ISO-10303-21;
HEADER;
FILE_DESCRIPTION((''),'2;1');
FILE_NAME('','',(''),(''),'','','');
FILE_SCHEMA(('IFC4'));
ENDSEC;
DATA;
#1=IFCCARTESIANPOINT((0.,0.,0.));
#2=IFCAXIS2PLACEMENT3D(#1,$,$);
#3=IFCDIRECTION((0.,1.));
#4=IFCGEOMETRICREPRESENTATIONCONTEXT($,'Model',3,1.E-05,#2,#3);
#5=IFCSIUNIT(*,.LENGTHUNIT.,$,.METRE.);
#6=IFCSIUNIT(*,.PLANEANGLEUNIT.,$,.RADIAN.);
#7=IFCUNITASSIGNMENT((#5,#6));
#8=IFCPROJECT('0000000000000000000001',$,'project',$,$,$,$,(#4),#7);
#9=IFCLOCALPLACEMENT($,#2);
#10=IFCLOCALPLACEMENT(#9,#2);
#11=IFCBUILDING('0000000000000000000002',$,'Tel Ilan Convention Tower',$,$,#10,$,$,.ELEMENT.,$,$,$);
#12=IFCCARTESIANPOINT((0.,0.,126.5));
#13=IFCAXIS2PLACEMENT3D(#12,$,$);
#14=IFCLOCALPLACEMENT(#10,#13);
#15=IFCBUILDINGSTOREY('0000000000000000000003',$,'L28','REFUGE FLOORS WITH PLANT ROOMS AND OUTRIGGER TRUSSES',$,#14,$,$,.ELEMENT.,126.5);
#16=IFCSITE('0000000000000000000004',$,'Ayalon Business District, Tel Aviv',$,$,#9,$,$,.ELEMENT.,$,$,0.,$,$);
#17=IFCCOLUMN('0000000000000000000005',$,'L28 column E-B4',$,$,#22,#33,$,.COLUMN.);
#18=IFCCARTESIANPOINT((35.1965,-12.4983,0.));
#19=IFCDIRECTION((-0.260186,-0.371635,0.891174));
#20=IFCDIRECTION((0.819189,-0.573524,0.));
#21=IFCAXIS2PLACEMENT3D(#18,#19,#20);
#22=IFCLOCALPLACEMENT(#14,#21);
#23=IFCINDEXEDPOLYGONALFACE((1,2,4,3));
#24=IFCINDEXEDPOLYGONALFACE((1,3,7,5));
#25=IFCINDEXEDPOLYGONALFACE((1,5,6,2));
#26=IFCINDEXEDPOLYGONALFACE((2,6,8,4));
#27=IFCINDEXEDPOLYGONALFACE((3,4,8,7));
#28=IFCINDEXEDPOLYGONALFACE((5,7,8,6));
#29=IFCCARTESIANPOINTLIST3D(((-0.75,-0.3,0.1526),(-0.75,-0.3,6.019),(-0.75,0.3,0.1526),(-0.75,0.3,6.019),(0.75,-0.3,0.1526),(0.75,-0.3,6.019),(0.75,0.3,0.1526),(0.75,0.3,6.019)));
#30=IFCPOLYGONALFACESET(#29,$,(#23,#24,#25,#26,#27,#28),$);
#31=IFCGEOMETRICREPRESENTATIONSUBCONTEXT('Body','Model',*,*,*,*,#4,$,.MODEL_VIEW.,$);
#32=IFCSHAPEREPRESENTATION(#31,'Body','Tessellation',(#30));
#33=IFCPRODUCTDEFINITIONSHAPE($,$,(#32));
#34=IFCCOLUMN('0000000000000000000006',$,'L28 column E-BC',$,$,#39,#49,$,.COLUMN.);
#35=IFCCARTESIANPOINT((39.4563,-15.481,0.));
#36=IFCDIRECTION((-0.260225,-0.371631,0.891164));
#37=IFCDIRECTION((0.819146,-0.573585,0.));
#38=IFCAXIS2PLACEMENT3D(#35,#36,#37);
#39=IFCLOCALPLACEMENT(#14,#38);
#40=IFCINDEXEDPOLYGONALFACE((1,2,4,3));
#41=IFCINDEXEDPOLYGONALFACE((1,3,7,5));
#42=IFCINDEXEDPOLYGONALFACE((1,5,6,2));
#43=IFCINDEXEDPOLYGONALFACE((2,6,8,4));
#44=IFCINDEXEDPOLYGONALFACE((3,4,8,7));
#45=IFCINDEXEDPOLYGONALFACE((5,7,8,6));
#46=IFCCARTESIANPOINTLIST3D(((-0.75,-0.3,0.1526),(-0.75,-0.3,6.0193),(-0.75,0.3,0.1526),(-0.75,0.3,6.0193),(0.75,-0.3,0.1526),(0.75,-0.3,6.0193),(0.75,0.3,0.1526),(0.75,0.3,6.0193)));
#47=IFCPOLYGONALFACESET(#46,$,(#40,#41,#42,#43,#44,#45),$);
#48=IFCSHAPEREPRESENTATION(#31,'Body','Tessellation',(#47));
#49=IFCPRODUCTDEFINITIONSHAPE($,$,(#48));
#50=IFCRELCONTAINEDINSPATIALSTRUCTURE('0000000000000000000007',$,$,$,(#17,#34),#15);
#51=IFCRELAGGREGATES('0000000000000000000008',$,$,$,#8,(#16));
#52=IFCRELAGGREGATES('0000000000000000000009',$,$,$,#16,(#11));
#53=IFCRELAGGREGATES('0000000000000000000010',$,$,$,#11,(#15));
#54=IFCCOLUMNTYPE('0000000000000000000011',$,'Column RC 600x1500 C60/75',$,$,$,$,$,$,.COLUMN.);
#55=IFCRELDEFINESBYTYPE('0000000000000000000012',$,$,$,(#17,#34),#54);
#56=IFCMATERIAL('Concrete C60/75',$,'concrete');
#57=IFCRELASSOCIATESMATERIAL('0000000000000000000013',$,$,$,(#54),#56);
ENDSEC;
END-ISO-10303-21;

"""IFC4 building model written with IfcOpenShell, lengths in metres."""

from ifc_helpers import new_model, si_unit, direction, frame, origin, origin_2d, place, context, subcontext, project, spatial, rectangle, extrude, clip, halfspace, material, material_profile, profile_set, type_object, element, save


model = new_model("IFC4")

# Units and contexts
model_context = context("Model", 3, precision=1e-05, world=origin(), true_north=direction((0.0, 1.0)))
body_context = subcontext(model_context, "Body", "Model", "MODEL_VIEW")
ifc_project = project(units=[si_unit("LENGTHUNIT", "METRE"), si_unit("PLANEANGLEUNIT", "RADIAN")], contexts=[model_context])

# Site, building, storey
site_placement = place(None, origin())
site = spatial("IfcSite", under=ifc_project, at=site_placement, Name="Ayalon Business District, Tel Aviv", CompositionType="ELEMENT", RefElevation=0.0)
building_placement = place(site_placement, origin())
building = spatial("IfcBuilding", under=site, at=building_placement, Name="Tel Ilan Convention Tower", CompositionType="ELEMENT")
storey_placement = place(building_placement, frame((0.0, 0.0, 126.5)))
storey = spatial("IfcBuildingStorey", under=building, at=storey_placement, Name="L28", Description="REFUGE FLOORS WITH PLANT ROOMS AND OUTRIGGER TRUSSES", CompositionType="ELEMENT", Elevation=126.5)

# Columns
ifc_material_1 = material(Name="Concrete C60/75", Category="concrete")
ifc_material_profile_1 = material_profile(ifc_material_1, rectangle(XDim=1.5, YDim=0.6001, at=origin_2d()), Name="RC 600x1500")
ifc_profile_set_1 = profile_set([ifc_material_profile_1], Name="Concrete C60/75")
column_type = type_object("IfcColumnType", Name="Column RC 600x1500 C60/75", PredefinedType="COLUMN", material=ifc_profile_set_1)
column_1_placement = place(storey_placement, frame((35.1965, -12.4983, 0.0), z_axis=(-0.260186, -0.371635, 0.891174), x_axis=(0.819189, -0.573524, 0.0)))
element("IfcColumn", 1, at=column_1_placement, inside=storey, type_object=column_type, Name="L28 column E-B4", PredefinedType="COLUMN", context=body_context, shape_type="Clipping", body=[
    clip(clip(extrude(rectangle(XDim=1.5, YDim=0.6001, at=origin_2d()), origin(), (0.0, 0.0, 1.0), 6.1719), halfspace(frame((0.0, 0.0, 0.1526), z_axis=(0.0, 0.0, 1.0), x_axis=(1.0, 0.0, 0.0)), True)), halfspace(frame((0.0, 0.0, 6.019), z_axis=(0.0, 0.0, 1.0), x_axis=(1.0, 0.0, 0.0)), False)),
])
column_2_placement = place(storey_placement, frame((39.4563, -15.481, 0.0), z_axis=(-0.260225, -0.371631, 0.891164), x_axis=(0.819146, -0.573585, 0.0)))
element("IfcColumn", 2, at=column_2_placement, inside=storey, type_object=column_type, Name="L28 column E-BC", PredefinedType="COLUMN", context=body_context, shape_type="Clipping", body=[
    clip(clip(extrude(rectangle(XDim=1.5, YDim=0.6001, at=origin_2d()), origin(), (0.0, 0.0, 1.0), 6.1719), halfspace(frame((0.0, 0.0, 0.1526), z_axis=(0.0, 0.0, 1.0), x_axis=(1.0, 0.0, 0.0)), True)), halfspace(frame((0.0, 0.0, 6.0193), z_axis=(0.0, 0.0, 1.0), x_axis=(1.0, 0.0, 0.0)), False)),
])

save(model, "model.ifc")
